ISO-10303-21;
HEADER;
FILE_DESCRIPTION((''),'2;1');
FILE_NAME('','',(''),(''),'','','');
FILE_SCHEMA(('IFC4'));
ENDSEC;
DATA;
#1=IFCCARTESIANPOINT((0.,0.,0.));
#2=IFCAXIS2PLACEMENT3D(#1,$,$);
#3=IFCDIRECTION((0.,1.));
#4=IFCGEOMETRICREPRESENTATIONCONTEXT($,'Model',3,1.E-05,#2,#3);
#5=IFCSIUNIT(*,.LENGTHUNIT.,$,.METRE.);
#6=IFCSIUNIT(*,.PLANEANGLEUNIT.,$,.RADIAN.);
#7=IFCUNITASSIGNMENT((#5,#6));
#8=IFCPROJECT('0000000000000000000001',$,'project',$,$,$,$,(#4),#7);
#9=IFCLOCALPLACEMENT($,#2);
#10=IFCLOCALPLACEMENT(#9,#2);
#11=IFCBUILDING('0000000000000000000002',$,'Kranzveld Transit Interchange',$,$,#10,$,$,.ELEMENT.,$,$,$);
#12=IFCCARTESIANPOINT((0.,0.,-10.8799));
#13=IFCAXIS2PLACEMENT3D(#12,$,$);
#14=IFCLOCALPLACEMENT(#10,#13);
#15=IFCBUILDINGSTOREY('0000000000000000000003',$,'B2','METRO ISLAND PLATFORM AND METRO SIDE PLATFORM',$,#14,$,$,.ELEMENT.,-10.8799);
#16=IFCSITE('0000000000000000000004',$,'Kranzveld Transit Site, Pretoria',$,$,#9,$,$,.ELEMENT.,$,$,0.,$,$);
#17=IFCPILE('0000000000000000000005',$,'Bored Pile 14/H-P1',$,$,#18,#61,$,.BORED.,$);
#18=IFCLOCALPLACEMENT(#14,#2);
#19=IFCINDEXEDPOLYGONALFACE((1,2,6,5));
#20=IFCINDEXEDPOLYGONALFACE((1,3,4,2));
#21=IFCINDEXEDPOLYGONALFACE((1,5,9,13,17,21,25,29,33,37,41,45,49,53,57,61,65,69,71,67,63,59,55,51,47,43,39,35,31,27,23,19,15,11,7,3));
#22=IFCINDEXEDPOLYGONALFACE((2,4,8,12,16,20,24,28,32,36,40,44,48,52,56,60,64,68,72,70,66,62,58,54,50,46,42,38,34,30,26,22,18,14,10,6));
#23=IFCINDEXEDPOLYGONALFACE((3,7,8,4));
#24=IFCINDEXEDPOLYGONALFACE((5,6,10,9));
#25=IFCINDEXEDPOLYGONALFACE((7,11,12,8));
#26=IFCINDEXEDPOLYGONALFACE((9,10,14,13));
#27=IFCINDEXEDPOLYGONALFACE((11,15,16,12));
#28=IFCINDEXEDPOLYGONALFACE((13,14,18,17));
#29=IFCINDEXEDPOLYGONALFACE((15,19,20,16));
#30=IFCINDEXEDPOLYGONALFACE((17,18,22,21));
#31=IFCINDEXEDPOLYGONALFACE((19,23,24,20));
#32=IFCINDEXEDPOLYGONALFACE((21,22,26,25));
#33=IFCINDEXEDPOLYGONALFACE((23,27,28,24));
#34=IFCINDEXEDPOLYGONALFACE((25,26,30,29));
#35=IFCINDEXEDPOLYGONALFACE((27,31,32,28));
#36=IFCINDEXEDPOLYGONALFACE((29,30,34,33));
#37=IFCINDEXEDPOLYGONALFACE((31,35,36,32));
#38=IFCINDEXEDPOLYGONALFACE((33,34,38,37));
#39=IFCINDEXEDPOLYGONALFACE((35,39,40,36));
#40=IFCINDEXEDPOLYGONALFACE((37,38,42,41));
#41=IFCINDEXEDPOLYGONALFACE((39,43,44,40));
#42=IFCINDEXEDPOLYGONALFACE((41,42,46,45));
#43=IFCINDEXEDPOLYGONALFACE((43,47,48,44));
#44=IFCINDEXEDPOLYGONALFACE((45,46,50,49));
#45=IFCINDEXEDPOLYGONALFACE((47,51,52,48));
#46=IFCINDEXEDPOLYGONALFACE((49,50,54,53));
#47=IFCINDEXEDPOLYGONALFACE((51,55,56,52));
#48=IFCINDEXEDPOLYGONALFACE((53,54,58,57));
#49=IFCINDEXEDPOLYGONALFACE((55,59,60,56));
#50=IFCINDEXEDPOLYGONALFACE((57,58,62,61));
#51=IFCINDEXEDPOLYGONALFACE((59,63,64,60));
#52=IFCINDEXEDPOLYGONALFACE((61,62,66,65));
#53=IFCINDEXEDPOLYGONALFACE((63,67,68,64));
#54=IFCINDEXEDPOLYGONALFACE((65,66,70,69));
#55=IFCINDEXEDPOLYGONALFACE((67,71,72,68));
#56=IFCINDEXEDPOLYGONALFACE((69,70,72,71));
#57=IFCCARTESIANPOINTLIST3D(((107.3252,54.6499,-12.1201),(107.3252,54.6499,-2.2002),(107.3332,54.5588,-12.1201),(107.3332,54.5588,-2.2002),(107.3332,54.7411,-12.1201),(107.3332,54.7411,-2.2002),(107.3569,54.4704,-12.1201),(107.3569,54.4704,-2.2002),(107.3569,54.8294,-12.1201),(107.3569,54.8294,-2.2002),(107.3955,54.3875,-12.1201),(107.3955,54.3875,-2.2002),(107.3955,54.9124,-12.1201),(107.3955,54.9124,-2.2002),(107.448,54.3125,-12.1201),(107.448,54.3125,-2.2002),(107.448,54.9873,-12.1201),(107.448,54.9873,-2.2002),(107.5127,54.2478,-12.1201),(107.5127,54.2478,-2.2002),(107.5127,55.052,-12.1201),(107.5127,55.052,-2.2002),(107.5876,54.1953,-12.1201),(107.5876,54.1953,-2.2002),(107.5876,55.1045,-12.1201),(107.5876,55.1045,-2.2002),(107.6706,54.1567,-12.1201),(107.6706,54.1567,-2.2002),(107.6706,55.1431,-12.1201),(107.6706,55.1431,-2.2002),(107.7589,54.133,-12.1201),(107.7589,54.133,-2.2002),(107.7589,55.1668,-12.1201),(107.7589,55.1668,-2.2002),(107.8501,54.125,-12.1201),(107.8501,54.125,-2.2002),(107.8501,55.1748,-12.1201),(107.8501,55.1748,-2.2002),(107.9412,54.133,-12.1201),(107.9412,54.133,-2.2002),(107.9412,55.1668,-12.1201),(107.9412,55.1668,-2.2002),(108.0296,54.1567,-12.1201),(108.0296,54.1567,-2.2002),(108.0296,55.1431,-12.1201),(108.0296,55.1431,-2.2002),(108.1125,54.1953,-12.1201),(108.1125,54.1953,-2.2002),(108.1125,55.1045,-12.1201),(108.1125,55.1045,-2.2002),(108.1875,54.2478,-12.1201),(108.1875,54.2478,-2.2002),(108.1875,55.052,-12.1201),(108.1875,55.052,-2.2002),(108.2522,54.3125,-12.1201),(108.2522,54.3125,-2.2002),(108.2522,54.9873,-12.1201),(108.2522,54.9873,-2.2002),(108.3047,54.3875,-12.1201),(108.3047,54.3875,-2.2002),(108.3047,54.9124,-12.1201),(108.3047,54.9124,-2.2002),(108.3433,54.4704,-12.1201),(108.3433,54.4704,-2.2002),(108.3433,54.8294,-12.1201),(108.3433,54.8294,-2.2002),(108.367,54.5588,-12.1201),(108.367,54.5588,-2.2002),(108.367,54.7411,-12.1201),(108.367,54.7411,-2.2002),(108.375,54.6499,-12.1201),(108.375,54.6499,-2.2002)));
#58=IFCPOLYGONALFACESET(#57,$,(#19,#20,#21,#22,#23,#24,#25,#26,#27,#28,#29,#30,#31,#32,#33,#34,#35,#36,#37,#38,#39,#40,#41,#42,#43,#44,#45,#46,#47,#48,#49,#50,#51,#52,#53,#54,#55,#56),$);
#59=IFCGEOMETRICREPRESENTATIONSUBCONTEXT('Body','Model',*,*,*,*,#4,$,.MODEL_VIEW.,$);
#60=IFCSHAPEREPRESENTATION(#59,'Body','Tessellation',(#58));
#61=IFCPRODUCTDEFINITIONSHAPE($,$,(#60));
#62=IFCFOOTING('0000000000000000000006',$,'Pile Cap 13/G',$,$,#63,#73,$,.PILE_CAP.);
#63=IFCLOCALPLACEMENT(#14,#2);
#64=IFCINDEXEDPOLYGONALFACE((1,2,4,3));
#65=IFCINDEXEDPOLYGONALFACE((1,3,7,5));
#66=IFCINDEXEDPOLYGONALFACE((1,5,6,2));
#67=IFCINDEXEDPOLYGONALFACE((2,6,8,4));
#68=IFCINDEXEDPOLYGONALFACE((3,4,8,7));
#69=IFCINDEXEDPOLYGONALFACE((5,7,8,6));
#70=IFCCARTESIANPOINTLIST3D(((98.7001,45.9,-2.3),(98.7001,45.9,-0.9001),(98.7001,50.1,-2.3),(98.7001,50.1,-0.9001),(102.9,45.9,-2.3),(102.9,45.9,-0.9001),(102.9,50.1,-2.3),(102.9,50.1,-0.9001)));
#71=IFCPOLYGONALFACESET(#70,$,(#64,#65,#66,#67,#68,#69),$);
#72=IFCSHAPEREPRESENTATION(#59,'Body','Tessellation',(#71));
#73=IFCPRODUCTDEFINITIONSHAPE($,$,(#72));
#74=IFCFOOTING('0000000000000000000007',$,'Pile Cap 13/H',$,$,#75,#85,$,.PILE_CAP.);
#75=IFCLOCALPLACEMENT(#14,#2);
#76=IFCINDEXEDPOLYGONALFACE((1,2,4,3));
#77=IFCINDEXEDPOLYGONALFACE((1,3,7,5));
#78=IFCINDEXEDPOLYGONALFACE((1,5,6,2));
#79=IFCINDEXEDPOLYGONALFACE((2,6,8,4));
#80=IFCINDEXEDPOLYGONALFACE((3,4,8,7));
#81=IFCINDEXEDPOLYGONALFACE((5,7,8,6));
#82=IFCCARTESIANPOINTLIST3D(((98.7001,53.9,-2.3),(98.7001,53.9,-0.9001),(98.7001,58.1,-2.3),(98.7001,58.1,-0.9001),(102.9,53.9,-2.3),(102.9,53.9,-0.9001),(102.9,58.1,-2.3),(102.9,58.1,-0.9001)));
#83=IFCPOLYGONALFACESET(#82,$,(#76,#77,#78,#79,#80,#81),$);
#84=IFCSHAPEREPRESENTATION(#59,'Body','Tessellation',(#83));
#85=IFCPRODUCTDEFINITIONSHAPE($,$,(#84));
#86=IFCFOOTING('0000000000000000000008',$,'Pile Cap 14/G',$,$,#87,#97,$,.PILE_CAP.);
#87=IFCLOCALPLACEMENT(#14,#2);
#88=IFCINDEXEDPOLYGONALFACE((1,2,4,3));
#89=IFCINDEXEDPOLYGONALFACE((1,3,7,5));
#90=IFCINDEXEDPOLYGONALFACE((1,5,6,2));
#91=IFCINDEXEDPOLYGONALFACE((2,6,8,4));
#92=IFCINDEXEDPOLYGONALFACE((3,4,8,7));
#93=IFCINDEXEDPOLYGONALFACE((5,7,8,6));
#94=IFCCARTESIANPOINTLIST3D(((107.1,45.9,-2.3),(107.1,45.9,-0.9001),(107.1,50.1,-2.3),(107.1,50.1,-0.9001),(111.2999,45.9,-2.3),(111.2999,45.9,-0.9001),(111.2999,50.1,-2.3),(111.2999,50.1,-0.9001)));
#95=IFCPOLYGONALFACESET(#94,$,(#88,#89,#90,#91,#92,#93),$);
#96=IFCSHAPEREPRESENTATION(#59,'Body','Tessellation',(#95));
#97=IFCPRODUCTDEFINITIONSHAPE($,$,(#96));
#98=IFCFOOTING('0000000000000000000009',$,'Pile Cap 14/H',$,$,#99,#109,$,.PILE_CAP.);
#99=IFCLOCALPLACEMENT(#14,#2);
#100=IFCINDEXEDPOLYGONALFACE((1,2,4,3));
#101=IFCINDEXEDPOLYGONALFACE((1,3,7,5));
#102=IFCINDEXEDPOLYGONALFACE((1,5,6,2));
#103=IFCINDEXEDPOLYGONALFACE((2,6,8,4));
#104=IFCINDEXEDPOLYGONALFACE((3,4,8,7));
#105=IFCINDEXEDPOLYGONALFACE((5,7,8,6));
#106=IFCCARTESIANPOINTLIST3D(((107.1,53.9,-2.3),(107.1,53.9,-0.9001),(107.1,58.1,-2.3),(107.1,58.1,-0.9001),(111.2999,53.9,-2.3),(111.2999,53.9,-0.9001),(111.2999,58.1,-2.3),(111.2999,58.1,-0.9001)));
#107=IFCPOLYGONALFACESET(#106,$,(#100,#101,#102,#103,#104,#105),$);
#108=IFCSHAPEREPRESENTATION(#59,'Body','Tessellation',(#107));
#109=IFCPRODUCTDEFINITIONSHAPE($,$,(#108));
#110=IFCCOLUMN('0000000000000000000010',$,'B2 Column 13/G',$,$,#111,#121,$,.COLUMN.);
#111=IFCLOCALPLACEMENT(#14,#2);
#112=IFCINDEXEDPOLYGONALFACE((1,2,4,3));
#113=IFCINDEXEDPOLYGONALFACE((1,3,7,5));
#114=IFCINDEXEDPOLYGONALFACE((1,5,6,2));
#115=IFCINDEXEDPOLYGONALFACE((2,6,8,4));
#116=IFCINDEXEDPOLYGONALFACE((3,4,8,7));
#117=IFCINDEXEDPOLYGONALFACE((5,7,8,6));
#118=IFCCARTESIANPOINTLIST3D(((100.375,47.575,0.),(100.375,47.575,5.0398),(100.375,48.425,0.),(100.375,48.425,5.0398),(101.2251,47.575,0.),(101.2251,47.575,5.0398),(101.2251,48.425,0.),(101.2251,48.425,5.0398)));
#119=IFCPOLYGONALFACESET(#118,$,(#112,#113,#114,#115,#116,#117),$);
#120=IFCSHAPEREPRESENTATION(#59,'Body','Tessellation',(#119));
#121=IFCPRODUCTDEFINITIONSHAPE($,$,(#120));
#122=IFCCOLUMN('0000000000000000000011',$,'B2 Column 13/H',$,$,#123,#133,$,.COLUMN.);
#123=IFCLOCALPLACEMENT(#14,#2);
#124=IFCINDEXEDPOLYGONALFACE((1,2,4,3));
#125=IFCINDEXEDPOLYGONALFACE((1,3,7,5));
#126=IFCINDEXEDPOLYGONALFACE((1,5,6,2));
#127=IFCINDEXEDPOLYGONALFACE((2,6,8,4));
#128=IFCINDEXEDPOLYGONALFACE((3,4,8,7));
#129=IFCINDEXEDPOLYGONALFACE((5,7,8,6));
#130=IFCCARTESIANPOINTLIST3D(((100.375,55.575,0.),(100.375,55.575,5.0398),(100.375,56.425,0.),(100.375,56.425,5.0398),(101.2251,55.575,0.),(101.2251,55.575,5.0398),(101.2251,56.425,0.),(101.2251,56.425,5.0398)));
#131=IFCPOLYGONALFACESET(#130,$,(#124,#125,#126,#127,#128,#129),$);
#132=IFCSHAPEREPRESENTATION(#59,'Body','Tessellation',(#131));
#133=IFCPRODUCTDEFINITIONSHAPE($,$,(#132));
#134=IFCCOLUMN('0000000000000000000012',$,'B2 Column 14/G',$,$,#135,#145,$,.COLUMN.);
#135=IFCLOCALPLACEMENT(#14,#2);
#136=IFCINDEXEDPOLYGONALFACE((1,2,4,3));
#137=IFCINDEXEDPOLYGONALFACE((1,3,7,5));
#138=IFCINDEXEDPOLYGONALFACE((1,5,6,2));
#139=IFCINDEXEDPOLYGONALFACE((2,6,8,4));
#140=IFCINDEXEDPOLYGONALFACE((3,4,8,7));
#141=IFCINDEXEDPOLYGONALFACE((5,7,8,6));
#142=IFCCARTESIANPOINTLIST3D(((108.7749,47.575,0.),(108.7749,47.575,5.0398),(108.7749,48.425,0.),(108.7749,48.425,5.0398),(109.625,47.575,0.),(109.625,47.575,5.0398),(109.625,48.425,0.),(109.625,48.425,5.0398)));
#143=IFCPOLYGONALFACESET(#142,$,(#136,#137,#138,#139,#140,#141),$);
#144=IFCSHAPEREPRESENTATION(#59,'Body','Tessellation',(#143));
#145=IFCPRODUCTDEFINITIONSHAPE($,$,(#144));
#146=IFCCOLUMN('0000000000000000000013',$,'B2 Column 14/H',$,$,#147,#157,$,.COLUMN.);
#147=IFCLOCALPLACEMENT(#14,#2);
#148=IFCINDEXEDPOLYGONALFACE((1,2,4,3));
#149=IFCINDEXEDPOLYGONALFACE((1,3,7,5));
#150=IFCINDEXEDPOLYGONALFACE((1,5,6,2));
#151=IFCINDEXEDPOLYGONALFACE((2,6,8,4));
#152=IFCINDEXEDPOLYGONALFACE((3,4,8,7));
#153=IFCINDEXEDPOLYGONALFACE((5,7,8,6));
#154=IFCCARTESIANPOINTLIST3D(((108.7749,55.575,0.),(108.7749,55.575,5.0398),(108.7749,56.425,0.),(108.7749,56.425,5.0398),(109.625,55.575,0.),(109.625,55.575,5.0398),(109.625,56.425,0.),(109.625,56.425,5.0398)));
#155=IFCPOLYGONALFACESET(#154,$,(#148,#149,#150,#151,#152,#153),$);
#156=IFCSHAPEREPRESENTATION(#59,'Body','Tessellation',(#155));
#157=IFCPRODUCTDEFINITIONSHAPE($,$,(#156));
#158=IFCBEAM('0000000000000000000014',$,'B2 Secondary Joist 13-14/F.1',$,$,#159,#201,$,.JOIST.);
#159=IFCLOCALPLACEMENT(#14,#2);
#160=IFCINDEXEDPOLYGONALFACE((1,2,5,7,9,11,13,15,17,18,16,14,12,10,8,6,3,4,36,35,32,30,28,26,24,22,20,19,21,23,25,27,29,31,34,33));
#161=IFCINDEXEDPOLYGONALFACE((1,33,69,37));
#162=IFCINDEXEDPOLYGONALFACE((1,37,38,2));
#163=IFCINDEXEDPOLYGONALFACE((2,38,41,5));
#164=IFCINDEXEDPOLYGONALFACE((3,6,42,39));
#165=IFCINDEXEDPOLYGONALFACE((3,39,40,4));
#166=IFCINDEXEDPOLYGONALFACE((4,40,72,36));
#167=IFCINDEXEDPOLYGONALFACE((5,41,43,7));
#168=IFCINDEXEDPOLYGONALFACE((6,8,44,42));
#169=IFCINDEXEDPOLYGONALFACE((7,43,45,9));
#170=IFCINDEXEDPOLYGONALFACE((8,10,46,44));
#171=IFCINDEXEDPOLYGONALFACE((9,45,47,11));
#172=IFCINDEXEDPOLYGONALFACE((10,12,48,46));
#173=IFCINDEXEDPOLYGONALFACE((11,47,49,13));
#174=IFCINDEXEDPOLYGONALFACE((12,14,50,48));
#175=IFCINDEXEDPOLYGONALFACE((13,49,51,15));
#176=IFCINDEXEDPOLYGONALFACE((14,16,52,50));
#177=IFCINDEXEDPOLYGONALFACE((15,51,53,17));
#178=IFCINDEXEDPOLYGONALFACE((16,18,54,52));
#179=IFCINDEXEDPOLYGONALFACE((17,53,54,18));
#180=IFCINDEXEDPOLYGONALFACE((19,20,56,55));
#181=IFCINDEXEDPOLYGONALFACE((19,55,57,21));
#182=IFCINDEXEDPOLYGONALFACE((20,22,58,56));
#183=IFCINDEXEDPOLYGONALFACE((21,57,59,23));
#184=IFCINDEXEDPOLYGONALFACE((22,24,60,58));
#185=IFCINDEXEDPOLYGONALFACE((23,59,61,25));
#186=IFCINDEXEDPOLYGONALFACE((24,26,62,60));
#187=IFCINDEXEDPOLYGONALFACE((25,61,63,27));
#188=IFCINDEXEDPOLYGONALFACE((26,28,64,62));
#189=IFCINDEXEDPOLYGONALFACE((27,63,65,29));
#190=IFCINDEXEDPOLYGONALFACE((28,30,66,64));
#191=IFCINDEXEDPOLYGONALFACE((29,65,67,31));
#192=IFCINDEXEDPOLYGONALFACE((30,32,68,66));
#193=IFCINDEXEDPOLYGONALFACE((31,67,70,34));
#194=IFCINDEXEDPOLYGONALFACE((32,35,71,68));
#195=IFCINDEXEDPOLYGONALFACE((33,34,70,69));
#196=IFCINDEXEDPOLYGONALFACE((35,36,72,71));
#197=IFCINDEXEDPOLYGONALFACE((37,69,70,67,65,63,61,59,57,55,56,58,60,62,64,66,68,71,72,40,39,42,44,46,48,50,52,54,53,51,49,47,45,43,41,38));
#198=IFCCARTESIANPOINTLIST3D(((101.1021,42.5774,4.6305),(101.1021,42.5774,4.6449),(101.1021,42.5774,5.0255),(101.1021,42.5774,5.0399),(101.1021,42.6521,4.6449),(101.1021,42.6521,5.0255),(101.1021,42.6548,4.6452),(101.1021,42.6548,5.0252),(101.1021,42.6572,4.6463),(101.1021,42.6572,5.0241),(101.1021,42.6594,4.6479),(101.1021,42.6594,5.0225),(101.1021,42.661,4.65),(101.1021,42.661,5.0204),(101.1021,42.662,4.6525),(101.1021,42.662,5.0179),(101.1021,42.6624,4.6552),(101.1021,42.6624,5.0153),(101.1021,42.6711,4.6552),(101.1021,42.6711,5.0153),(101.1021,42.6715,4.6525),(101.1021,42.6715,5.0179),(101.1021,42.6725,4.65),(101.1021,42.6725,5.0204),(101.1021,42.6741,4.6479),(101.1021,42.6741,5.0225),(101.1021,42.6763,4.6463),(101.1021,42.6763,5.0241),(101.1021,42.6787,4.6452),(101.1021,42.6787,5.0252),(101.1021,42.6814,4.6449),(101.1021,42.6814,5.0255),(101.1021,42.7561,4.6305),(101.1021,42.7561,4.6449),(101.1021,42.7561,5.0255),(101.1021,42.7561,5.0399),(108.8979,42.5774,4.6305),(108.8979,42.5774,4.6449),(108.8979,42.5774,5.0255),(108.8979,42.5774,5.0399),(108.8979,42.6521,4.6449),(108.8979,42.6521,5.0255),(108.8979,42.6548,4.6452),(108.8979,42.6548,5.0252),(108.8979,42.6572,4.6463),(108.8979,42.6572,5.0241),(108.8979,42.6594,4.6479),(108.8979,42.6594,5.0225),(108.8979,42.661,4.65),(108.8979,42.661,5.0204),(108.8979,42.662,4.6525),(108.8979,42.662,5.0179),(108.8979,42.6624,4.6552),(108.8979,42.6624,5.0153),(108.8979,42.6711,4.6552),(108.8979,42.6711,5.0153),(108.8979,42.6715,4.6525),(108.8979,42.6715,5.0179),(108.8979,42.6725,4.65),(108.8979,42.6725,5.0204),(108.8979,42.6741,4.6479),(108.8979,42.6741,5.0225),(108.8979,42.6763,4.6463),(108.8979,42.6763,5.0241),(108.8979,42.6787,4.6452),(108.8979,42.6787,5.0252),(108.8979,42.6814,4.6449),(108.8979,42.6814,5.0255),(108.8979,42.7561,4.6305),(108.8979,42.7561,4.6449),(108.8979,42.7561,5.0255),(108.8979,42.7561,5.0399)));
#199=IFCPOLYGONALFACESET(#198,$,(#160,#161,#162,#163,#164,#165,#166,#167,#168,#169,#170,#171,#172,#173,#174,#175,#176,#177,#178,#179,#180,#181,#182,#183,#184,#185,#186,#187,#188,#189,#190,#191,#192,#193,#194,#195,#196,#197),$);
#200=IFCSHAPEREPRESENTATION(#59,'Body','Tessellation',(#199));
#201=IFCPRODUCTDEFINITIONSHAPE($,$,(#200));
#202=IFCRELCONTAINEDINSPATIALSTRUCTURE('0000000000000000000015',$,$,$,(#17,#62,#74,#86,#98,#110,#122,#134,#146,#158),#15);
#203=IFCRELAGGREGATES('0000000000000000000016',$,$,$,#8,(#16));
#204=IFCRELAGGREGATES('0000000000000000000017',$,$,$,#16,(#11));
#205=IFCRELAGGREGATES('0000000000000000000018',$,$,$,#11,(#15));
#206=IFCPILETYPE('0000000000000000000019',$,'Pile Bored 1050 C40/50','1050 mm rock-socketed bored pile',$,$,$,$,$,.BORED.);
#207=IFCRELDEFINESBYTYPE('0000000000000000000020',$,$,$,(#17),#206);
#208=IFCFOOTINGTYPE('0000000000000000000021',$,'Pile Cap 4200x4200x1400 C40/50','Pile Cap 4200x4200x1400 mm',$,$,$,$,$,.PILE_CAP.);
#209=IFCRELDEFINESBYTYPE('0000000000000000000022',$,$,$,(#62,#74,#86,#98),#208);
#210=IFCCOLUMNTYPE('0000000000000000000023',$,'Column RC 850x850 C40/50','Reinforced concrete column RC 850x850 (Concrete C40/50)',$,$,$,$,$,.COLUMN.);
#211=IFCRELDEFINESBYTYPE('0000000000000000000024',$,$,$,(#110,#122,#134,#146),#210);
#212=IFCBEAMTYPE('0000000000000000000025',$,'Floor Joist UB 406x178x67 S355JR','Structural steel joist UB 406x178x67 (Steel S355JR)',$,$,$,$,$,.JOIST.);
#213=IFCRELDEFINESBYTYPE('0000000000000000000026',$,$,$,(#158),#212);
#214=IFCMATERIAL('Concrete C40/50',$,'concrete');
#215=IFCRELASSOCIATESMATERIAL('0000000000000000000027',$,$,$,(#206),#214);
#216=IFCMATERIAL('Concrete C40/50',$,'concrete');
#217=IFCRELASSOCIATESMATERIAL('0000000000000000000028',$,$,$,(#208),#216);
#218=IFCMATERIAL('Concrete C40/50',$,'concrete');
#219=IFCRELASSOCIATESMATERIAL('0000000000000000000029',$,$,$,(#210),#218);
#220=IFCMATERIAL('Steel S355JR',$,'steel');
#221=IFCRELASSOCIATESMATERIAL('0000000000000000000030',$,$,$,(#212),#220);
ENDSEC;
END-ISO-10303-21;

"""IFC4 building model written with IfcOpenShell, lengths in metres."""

from ifc_helpers import new_model, si_unit, direction, frame, origin, origin_2d, place, context, subcontext, project, spatial, rectangle, circle, i_section, extrude, material, material_profile, profile_set, type_object, element, save


model = new_model("IFC4")

# Units and contexts
model_context = context("Model", 3, precision=1e-05, world=origin(), true_north=direction((0.0, 1.0)))
body_context = subcontext(model_context, "Body", "Model", "MODEL_VIEW")
ifc_project = project(units=[si_unit("LENGTHUNIT", "METRE"), si_unit("PLANEANGLEUNIT", "RADIAN")], contexts=[model_context])

# Site, building, storey
site_placement = place(None, origin())
site = spatial("IfcSite", under=ifc_project, at=site_placement, Name="Kranzveld Transit Site, Pretoria", CompositionType="ELEMENT", RefElevation=0.0)
building_placement = place(site_placement, origin())
building = spatial("IfcBuilding", under=site, at=building_placement, Name="Kranzveld Transit Interchange", CompositionType="ELEMENT")
storey_placement = place(building_placement, frame((0.0, 0.0, -10.8799)))
storey = spatial("IfcBuildingStorey", under=building, at=storey_placement, Name="B2", Description="METRO ISLAND PLATFORM AND METRO SIDE PLATFORM", CompositionType="ELEMENT", Elevation=-10.8799)

# Pile
ifc_material_1 = material(Name="Concrete C40/50", Category="concrete")
ifc_material_profile_1 = material_profile(ifc_material_1, circle(Radius=0.5249, at=origin_2d()), Name="BORED PILE 1050")
ifc_profile_set_1 = profile_set([ifc_material_profile_1], Name="Concrete C40/50")
pile_type = type_object("IfcPileType", Name="Pile Bored 1050 C40/50", Description="1050 mm rock-socketed bored pile", PredefinedType="BORED", material=ifc_profile_set_1)
for number, where, z_axis, x_axis, name in (
    (1, (107.8501, 54.6499, -2.2002), (0.0, 0.0, -1.0), (1.0, 0.0, 0.0), "Bored Pile 14/H-P1"),
):
    element("IfcPile", number, at=place(storey_placement, frame(where, z_axis=z_axis, x_axis=x_axis)), inside=storey, type_object=pile_type, Name=name, PredefinedType="BORED", context=body_context, shape_type="SweptSolid", body=[
        extrude(circle(Radius=0.5249, at=origin_2d()), origin(), (0.0, 0.0, 1.0), 9.9199),
    ])

# Footings
ifc_material_2 = material(Name="Concrete C40/50", Category="concrete")
footing_type = type_object("IfcFootingType", Name="Pile Cap 4200x4200x1400 C40/50", Description="Pile Cap 4200x4200x1400 mm", PredefinedType="PILE_CAP", material=ifc_material_2)
for number, where, z_axis, x_axis, name in (
    (2, (100.8, 48.0, -2.3), (0.0, 0.0, 1.0), (1.0, 0.0, 0.0), "Pile Cap 13/G"),
    (3, (100.8, 56.0, -2.3), (0.0, 0.0, 1.0), (1.0, 0.0, 0.0), "Pile Cap 13/H"),
    (4, (109.2, 48.0, -2.3), (0.0, 0.0, 1.0), (1.0, 0.0, 0.0), "Pile Cap 14/G"),
    (5, (109.2, 56.0, -2.3), (0.0, 0.0, 1.0), (1.0, 0.0, 0.0), "Pile Cap 14/H"),
):
    element("IfcFooting", number, at=place(storey_placement, frame(where, z_axis=z_axis, x_axis=x_axis)), inside=storey, type_object=footing_type, Name=name, PredefinedType="PILE_CAP", context=body_context, shape_type="SweptSolid", body=[
        extrude(rectangle(XDim=4.2, YDim=4.2, at=origin_2d()), origin(), (0.0, 0.0, 1.0), 1.3999),
    ])

# Columns
ifc_material_3 = material(Name="Concrete C40/50", Category="concrete")
ifc_material_profile_2 = material_profile(ifc_material_3, rectangle(XDim=0.8501, YDim=0.8501, at=origin_2d()), Name="RC 850x850")
ifc_profile_set_2 = profile_set([ifc_material_profile_2], Name="Concrete C40/50")
column_type = type_object("IfcColumnType", Name="Column RC 850x850 C40/50", Description="Reinforced concrete column RC 850x850 (Concrete C40/50)", PredefinedType="COLUMN", material=ifc_profile_set_2)
for number, where, z_axis, x_axis, name in (
    (6, (100.8, 48.0, 0.0), (0.0, 0.0, 1.0), (1.0, 0.0, 0.0), "B2 Column 13/G"),
    (7, (100.8, 56.0, 0.0), (0.0, 0.0, 1.0), (1.0, 0.0, 0.0), "B2 Column 13/H"),
    (8, (109.2, 48.0, 0.0), (0.0, 0.0, 1.0), (1.0, 0.0, 0.0), "B2 Column 14/G"),
    (9, (109.2, 56.0, 0.0), (0.0, 0.0, 1.0), (1.0, 0.0, 0.0), "B2 Column 14/H"),
):
    element("IfcColumn", number, at=place(storey_placement, frame(where, z_axis=z_axis, x_axis=x_axis)), inside=storey, type_object=column_type, Name=name, PredefinedType="COLUMN", context=body_context, shape_type="SweptSolid", body=[
        extrude(rectangle(XDim=0.8501, YDim=0.8501, at=origin_2d()), origin(), (0.0, 0.0, 1.0), 5.0398),
    ])

# Beam
ifc_material_4 = material(Name="Steel S355JR", Category="steel")
ifc_material_profile_3 = material_profile(ifc_material_4, i_section(OverallWidth=0.1787, OverallDepth=0.4094, WebThickness=0.0088, FlangeThickness=0.0144, FilletRadius=0.0103, at=origin_2d()), Name="UB 406x178x67")
ifc_profile_set_3 = profile_set([ifc_material_profile_3], Name="Steel S355JR")
beam_type_1 = type_object("IfcBeamType", Name="Floor Joist UB 406x178x67 S355JR", Description="Structural steel joist UB 406x178x67 (Steel S355JR)", PredefinedType="JOIST", material=ifc_profile_set_3)
for number, where, z_axis, x_axis, name in (
    (10, (101.1021, 42.6667, 4.8352), (1.0, 0.0, 0.0), (0.0, 1.0, 0.0), "B2 Secondary Joist 13-14/F.1"),
):
    element("IfcBeam", number, at=place(storey_placement, frame(where, z_axis=z_axis, x_axis=x_axis)), inside=storey, type_object=beam_type_1, Name=name, PredefinedType="JOIST", context=body_context, shape_type="SweptSolid", body=[
        extrude(i_section(OverallWidth=0.1787, OverallDepth=0.4094, WebThickness=0.0088, FlangeThickness=0.0144, FilletRadius=0.0103, at=origin_2d()), origin(), (0.0, 0.0, 1.0), 7.7959),
    ])

save(model, "model.ifc")
